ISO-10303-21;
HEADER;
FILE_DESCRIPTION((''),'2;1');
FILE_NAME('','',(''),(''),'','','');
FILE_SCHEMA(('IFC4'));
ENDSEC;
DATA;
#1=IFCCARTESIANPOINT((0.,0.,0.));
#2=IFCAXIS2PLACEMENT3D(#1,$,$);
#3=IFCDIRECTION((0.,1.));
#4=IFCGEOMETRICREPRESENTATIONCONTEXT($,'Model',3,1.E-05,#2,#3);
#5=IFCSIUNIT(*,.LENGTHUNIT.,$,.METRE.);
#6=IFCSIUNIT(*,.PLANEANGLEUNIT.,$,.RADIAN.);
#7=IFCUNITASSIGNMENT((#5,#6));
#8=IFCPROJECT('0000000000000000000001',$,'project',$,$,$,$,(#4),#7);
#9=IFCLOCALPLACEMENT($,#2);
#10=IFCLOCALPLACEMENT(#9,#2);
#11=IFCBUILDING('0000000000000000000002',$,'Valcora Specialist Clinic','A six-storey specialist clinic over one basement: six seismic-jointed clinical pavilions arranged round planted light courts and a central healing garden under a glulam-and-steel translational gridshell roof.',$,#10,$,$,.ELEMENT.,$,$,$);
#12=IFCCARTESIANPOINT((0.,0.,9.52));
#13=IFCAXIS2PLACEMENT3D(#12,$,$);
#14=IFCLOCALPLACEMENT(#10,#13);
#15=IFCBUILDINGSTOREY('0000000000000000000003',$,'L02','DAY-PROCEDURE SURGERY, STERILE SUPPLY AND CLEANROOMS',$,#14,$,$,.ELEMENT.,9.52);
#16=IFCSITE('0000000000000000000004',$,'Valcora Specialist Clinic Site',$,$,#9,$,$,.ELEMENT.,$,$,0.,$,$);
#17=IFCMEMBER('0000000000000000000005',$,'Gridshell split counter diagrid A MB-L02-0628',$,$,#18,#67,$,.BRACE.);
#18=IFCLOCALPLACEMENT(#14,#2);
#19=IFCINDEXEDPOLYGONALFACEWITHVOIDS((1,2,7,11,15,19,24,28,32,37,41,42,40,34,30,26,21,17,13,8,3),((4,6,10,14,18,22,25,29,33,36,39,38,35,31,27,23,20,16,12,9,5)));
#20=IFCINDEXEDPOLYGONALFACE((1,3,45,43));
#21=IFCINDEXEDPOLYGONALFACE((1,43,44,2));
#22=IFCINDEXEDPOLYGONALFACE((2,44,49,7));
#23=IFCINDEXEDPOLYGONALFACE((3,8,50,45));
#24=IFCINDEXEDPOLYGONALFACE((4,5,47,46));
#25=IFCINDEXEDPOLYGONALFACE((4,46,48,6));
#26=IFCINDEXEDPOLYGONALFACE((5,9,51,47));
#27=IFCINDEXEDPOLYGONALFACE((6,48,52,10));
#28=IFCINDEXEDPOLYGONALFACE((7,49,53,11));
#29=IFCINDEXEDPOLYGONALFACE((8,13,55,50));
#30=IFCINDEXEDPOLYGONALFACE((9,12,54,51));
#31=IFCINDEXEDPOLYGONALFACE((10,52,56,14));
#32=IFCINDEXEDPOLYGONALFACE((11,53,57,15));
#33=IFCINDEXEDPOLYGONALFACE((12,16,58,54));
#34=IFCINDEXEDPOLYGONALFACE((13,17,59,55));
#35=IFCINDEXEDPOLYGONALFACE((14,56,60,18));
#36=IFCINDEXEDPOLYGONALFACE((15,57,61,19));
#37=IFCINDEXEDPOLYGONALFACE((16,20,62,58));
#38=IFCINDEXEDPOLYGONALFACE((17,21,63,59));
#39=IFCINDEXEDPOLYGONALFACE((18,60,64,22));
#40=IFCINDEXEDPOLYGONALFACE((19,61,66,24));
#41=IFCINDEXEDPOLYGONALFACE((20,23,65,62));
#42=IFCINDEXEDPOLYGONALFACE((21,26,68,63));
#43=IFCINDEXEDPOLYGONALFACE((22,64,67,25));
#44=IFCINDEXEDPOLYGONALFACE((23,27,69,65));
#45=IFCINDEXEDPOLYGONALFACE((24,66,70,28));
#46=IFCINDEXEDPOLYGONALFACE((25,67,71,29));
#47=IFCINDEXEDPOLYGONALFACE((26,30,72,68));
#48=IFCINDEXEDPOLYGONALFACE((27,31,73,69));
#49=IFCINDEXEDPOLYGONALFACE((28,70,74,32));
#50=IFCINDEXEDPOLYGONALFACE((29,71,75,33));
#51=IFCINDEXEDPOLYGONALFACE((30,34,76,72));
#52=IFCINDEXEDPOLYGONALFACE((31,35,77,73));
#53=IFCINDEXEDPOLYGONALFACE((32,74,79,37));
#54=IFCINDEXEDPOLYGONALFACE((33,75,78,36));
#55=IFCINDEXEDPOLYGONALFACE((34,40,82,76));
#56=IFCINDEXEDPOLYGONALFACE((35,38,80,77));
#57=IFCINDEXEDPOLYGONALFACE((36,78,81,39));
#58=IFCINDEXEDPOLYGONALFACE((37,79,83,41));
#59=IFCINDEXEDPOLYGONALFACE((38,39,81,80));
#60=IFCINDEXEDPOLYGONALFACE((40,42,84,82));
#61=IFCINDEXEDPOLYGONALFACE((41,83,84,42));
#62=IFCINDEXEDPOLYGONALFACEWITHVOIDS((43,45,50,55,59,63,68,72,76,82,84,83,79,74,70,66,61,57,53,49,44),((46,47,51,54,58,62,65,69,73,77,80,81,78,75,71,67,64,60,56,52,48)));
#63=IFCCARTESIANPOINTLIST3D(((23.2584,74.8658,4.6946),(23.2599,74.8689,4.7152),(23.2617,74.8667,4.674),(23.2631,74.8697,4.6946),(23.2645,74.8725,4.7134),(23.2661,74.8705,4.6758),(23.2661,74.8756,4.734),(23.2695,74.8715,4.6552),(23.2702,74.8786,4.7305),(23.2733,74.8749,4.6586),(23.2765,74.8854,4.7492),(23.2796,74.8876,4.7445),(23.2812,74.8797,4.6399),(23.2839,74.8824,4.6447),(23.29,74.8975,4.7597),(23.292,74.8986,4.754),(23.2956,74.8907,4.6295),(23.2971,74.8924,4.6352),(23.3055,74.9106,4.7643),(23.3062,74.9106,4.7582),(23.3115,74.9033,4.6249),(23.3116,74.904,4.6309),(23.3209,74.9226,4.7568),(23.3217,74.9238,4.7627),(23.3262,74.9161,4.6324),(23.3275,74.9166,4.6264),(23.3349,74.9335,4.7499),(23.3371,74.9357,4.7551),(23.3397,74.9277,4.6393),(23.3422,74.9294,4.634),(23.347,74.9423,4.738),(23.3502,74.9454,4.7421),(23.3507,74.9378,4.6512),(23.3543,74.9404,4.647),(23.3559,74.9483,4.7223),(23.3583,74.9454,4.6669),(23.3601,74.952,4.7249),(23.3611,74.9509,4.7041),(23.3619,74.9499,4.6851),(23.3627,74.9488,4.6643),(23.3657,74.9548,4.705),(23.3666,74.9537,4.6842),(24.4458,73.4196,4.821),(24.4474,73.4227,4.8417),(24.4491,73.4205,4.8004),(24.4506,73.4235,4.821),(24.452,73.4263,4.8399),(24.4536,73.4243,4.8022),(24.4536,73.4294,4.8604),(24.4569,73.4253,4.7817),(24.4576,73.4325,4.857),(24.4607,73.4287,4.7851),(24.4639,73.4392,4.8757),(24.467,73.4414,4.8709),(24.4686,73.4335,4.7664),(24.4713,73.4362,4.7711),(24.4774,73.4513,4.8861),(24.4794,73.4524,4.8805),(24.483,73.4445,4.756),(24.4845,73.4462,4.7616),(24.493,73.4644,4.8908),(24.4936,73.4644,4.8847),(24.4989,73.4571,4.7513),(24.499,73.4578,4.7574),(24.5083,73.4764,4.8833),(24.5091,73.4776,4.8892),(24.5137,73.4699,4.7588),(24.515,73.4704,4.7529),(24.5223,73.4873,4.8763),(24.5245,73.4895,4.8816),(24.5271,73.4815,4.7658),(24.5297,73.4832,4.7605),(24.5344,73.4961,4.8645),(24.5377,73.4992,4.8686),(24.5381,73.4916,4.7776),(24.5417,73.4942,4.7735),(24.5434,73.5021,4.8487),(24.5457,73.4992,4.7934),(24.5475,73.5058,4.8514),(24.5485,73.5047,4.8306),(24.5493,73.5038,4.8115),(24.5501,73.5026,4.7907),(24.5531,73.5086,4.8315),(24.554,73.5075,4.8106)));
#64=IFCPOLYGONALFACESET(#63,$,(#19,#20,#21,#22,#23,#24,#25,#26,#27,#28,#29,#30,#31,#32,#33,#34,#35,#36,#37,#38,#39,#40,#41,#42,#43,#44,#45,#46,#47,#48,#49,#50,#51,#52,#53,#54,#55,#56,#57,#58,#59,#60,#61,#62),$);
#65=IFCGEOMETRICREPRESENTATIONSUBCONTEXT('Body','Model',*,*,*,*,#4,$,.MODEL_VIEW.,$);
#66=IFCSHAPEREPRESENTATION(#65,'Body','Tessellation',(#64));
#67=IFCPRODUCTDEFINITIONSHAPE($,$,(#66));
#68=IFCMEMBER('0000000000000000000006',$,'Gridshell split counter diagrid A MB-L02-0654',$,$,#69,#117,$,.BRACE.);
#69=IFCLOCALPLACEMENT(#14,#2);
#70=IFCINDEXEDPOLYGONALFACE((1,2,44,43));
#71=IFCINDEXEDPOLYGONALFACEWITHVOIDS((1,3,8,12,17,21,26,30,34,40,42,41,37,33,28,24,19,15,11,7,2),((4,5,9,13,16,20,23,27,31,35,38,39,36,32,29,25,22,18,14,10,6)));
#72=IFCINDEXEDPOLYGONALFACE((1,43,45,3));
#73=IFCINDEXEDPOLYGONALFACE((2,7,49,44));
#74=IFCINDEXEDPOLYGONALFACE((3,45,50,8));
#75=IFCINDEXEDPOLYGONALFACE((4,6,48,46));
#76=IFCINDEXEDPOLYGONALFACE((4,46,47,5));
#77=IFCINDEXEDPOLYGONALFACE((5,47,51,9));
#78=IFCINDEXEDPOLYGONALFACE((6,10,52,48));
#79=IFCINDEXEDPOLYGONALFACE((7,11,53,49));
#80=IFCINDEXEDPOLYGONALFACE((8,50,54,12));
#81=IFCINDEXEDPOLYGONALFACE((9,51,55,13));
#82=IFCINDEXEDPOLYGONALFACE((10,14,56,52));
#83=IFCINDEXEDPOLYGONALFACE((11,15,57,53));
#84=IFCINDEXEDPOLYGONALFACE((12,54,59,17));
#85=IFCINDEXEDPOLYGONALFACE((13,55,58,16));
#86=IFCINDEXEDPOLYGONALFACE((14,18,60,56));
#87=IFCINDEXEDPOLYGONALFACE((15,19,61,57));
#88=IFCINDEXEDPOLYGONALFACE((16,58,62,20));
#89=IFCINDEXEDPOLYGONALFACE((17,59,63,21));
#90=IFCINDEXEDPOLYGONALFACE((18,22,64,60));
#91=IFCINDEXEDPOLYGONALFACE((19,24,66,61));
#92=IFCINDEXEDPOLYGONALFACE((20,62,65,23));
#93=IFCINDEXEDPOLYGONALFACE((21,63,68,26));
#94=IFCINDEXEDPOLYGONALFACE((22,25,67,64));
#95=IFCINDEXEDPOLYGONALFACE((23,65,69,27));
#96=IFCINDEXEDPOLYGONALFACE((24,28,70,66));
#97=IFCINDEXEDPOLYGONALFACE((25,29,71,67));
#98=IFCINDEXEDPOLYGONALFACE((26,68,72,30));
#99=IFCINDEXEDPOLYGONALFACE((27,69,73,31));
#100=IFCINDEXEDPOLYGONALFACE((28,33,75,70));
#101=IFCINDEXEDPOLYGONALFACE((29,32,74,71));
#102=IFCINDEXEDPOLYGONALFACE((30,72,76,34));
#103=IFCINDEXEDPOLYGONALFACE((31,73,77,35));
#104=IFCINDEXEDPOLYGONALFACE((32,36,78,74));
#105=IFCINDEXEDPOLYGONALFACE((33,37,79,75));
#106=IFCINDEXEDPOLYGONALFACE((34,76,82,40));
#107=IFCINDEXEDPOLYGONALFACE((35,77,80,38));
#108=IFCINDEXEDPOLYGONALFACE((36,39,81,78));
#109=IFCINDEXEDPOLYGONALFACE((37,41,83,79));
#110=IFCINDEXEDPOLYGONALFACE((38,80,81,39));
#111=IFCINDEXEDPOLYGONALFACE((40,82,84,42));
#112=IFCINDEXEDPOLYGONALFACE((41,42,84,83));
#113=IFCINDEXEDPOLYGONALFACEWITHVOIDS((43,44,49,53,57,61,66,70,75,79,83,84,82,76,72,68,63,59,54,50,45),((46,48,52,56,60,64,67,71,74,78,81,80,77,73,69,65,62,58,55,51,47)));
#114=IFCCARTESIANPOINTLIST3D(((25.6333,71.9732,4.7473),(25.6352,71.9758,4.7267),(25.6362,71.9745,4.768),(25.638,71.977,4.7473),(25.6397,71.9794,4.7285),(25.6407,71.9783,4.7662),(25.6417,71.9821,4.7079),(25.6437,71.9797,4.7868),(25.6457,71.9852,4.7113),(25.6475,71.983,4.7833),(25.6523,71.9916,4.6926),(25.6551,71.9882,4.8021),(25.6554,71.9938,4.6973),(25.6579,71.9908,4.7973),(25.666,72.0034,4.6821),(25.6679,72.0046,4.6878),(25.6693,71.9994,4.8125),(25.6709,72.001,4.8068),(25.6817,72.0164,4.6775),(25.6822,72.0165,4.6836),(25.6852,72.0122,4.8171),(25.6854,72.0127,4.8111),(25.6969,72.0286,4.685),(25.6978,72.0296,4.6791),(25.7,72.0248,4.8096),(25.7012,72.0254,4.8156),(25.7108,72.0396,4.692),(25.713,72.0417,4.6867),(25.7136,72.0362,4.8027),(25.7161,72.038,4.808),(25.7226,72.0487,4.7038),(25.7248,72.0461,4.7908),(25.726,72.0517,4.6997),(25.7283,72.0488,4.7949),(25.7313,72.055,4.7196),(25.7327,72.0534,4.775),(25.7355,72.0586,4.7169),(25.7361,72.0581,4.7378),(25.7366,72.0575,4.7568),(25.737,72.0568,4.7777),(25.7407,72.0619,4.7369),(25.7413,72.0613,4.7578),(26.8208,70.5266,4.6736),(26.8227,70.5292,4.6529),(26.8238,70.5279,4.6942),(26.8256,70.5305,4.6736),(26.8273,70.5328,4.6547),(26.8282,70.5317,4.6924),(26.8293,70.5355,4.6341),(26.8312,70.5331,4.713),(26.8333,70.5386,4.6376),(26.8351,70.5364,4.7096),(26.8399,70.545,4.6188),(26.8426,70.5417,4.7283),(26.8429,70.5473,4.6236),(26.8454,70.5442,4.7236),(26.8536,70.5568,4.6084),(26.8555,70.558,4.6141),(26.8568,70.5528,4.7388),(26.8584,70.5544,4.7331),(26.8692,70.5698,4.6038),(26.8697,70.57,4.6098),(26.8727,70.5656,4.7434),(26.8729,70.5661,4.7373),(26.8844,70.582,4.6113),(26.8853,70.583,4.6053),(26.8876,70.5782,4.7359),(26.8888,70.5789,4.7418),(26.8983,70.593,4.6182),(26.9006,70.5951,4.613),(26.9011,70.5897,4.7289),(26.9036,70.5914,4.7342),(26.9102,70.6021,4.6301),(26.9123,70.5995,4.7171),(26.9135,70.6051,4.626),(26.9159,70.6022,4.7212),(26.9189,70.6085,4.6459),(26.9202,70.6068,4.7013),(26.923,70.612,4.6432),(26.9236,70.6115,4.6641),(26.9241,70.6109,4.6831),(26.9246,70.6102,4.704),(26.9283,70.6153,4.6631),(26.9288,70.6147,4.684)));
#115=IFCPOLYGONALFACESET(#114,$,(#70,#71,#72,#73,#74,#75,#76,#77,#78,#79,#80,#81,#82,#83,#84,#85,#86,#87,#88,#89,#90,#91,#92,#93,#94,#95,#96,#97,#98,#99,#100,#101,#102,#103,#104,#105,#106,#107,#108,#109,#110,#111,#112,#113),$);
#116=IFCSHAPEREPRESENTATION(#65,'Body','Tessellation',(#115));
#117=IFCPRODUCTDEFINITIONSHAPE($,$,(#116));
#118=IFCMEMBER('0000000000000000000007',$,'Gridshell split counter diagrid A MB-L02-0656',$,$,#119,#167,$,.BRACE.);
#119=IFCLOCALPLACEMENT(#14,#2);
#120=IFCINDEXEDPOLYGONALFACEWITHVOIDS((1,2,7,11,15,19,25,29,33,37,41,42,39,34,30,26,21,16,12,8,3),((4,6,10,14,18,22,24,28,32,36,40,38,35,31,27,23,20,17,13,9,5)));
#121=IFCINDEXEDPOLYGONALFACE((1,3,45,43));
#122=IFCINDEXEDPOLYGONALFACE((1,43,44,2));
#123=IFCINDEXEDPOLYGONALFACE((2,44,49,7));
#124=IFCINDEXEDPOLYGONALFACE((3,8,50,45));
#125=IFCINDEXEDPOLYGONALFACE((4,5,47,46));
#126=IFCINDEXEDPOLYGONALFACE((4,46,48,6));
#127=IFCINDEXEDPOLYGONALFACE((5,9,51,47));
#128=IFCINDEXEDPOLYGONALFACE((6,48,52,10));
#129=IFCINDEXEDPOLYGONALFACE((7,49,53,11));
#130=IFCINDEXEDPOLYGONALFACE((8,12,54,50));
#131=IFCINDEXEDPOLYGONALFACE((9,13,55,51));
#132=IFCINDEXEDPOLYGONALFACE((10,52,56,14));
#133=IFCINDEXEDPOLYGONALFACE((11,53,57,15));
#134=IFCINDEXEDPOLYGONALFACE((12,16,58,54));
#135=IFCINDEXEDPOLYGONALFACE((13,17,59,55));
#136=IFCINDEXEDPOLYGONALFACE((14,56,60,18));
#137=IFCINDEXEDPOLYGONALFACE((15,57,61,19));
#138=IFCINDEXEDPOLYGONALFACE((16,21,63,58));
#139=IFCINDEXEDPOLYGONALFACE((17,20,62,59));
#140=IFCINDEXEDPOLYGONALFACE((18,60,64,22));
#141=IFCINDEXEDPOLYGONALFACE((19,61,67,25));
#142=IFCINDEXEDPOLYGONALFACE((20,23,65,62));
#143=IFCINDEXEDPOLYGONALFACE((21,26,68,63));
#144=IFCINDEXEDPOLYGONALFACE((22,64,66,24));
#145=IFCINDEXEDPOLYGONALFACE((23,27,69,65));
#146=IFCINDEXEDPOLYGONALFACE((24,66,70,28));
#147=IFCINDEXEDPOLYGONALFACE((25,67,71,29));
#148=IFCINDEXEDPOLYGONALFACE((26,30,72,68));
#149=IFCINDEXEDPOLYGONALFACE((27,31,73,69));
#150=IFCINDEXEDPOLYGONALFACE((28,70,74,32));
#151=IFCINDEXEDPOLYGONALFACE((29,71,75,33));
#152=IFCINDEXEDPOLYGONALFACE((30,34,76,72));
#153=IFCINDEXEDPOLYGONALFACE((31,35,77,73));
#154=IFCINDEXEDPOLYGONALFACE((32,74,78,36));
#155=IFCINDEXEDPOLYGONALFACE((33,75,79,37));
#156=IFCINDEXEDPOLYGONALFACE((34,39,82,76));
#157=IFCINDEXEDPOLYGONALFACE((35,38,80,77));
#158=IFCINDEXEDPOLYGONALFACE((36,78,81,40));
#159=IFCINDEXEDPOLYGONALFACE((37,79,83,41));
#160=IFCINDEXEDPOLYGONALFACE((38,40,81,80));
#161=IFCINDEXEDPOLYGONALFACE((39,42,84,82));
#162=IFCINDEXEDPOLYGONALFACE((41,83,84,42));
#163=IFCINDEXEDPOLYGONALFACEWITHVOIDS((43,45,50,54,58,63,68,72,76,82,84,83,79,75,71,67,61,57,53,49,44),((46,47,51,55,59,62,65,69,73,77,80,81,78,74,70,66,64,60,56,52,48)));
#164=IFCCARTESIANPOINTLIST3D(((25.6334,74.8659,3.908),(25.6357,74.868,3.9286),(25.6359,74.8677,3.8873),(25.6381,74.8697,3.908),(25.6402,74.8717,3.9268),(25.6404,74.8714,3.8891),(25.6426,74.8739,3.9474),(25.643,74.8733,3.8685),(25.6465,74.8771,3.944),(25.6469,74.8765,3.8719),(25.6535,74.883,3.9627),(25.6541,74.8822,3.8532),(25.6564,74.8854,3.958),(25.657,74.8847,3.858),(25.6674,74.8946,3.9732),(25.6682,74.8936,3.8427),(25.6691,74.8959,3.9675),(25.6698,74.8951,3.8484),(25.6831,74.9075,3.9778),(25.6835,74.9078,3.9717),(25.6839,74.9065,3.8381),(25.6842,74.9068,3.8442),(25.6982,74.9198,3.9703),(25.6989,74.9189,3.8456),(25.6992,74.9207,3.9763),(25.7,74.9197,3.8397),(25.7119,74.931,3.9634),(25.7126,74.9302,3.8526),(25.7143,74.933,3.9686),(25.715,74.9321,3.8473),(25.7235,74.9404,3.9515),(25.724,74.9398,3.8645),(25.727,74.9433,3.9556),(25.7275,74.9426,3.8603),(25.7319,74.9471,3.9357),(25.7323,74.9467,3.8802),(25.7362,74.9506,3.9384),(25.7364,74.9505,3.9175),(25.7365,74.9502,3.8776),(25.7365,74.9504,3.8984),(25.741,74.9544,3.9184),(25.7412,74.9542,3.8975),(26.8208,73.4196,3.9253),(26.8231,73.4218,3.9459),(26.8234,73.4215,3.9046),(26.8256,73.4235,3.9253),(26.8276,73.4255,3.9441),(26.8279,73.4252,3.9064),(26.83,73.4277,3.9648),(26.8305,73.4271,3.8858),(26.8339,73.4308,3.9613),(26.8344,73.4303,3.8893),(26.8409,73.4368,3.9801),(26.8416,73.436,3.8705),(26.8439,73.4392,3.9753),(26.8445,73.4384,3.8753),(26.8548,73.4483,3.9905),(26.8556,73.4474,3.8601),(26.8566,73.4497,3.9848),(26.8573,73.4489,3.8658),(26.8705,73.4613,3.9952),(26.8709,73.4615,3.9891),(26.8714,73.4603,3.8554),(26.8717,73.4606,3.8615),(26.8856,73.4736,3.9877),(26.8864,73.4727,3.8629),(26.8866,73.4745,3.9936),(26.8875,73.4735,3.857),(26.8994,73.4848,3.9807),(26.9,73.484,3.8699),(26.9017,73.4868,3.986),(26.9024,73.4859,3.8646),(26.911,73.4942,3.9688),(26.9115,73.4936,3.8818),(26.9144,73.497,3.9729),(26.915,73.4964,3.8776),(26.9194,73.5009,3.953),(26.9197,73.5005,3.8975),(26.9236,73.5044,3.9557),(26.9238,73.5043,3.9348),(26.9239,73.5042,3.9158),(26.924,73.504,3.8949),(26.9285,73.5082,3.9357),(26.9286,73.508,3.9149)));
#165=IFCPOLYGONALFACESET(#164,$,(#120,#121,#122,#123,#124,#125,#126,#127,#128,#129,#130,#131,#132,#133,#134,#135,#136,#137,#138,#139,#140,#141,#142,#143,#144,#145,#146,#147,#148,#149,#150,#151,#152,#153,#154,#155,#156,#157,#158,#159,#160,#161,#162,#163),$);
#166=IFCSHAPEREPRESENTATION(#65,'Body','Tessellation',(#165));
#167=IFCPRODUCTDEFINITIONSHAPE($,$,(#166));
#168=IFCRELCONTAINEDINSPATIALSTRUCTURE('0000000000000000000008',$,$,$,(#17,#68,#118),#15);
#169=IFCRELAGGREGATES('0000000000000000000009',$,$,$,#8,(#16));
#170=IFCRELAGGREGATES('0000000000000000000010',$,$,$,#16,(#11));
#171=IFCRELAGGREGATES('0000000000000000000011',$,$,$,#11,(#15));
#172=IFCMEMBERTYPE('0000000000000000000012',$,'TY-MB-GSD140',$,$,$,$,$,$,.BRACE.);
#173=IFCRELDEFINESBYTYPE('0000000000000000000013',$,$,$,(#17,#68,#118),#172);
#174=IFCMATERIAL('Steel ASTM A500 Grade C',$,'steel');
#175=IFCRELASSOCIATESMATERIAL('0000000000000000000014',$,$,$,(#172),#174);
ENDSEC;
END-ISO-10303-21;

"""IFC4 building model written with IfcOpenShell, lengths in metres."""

from ifc_helpers import new_model, si_unit, direction, frame, origin, origin_2d, place, context, subcontext, project, spatial, hollow_circle, extrude, material, material_profile, profile_set, type_object, element, save


model = new_model("IFC4")

# Units and contexts
model_context = context("Model", 3, precision=1e-05, world=origin(), true_north=direction((0.0, 1.0)))
body_context = subcontext(model_context, "Body", "Model", "MODEL_VIEW")
ifc_project = project(units=[si_unit("LENGTHUNIT", "METRE"), si_unit("PLANEANGLEUNIT", "RADIAN")], contexts=[model_context])

# Site, building, storey
site_placement = place(None, origin())
site = spatial("IfcSite", under=ifc_project, at=site_placement, Name="Valcora Specialist Clinic Site", CompositionType="ELEMENT", RefElevation=0.0)
building_placement = place(site_placement, origin())
building = spatial("IfcBuilding", under=site, at=building_placement, Name="Valcora Specialist Clinic", Description="A six-storey specialist clinic over one basement: six seismic-jointed clinical pavilions arranged round planted light courts and a central healing garden under a glulam-and-steel translational gridshell roof.", CompositionType="ELEMENT")
storey_placement = place(building_placement, frame((0.0, 0.0, 9.52)))
storey = spatial("IfcBuildingStorey", under=building, at=storey_placement, Name="L02", Description="DAY-PROCEDURE SURGERY, STERILE SUPPLY AND CLEANROOMS", CompositionType="ELEMENT", Elevation=9.52)

# Members
ifc_material_1 = material(Name="Steel ASTM A500 Grade C", Category="steel")
ifc_material_profile_1 = material_profile(ifc_material_1, hollow_circle(Radius=0.0701, WallThickness=0.0061, at=origin_2d()), Name="ST-CHS-140X6")
ifc_profile_set_1 = profile_set([ifc_material_profile_1], Name="Steel ASTM A500 Grade C")
member_type_1 = type_object("IfcMemberType", Name="TY-MB-GSD140", PredefinedType="BRACE", material=ifc_profile_set_1)
member_1_placement = place(storey_placement, frame((24.5, 73.4641, 4.821), z_axis=(-0.633128, 0.771105, -0.067426), x_axis=(-0.772863, -0.634572, 0.0)))
element("IfcMember", 1, at=member_1_placement, inside=storey, type_object=member_type_1, Name="Gridshell split counter diagrid A MB-L02-0628", PredefinedType="BRACE", context=body_context, shape_type="SweptSolid", body=[
    extrude(hollow_circle(Radius=0.0701, WallThickness=0.0061, at=origin_2d()), origin(), (0.0, 0.0, 1.0), 1.8755),
])
member_2_placement = place(storey_placement, frame((26.875, 70.571, 4.6736), z_axis=(-0.634017, 0.772317, 0.039365), x_axis=(-0.772916, -0.634508, 0.0)))
element("IfcMember", 2, at=member_2_placement, inside=storey, type_object=member_type_1, Name="Gridshell split counter diagrid A MB-L02-0654", PredefinedType="BRACE", context=body_context, shape_type="SweptSolid", body=[
    extrude(hollow_circle(Radius=0.0701, WallThickness=0.0061, at=origin_2d()), origin(), (0.0, 0.0, 1.0), 1.873),
])
member_3_placement = place(storey_placement, frame((26.875, 73.4641, 3.9253), z_axis=(-0.634545, 0.77283, -0.009262), x_axis=(-0.772863, -0.634572, 0.0)))
element("IfcMember", 3, at=member_3_placement, inside=storey, type_object=member_type_1, Name="Gridshell split counter diagrid A MB-L02-0656", PredefinedType="BRACE", context=body_context, shape_type="SweptSolid", body=[
    extrude(hollow_circle(Radius=0.0701, WallThickness=0.0061, at=origin_2d()), origin(), (0.0, 0.0, 1.0), 1.8713),
])

save(model, "model.ifc")
